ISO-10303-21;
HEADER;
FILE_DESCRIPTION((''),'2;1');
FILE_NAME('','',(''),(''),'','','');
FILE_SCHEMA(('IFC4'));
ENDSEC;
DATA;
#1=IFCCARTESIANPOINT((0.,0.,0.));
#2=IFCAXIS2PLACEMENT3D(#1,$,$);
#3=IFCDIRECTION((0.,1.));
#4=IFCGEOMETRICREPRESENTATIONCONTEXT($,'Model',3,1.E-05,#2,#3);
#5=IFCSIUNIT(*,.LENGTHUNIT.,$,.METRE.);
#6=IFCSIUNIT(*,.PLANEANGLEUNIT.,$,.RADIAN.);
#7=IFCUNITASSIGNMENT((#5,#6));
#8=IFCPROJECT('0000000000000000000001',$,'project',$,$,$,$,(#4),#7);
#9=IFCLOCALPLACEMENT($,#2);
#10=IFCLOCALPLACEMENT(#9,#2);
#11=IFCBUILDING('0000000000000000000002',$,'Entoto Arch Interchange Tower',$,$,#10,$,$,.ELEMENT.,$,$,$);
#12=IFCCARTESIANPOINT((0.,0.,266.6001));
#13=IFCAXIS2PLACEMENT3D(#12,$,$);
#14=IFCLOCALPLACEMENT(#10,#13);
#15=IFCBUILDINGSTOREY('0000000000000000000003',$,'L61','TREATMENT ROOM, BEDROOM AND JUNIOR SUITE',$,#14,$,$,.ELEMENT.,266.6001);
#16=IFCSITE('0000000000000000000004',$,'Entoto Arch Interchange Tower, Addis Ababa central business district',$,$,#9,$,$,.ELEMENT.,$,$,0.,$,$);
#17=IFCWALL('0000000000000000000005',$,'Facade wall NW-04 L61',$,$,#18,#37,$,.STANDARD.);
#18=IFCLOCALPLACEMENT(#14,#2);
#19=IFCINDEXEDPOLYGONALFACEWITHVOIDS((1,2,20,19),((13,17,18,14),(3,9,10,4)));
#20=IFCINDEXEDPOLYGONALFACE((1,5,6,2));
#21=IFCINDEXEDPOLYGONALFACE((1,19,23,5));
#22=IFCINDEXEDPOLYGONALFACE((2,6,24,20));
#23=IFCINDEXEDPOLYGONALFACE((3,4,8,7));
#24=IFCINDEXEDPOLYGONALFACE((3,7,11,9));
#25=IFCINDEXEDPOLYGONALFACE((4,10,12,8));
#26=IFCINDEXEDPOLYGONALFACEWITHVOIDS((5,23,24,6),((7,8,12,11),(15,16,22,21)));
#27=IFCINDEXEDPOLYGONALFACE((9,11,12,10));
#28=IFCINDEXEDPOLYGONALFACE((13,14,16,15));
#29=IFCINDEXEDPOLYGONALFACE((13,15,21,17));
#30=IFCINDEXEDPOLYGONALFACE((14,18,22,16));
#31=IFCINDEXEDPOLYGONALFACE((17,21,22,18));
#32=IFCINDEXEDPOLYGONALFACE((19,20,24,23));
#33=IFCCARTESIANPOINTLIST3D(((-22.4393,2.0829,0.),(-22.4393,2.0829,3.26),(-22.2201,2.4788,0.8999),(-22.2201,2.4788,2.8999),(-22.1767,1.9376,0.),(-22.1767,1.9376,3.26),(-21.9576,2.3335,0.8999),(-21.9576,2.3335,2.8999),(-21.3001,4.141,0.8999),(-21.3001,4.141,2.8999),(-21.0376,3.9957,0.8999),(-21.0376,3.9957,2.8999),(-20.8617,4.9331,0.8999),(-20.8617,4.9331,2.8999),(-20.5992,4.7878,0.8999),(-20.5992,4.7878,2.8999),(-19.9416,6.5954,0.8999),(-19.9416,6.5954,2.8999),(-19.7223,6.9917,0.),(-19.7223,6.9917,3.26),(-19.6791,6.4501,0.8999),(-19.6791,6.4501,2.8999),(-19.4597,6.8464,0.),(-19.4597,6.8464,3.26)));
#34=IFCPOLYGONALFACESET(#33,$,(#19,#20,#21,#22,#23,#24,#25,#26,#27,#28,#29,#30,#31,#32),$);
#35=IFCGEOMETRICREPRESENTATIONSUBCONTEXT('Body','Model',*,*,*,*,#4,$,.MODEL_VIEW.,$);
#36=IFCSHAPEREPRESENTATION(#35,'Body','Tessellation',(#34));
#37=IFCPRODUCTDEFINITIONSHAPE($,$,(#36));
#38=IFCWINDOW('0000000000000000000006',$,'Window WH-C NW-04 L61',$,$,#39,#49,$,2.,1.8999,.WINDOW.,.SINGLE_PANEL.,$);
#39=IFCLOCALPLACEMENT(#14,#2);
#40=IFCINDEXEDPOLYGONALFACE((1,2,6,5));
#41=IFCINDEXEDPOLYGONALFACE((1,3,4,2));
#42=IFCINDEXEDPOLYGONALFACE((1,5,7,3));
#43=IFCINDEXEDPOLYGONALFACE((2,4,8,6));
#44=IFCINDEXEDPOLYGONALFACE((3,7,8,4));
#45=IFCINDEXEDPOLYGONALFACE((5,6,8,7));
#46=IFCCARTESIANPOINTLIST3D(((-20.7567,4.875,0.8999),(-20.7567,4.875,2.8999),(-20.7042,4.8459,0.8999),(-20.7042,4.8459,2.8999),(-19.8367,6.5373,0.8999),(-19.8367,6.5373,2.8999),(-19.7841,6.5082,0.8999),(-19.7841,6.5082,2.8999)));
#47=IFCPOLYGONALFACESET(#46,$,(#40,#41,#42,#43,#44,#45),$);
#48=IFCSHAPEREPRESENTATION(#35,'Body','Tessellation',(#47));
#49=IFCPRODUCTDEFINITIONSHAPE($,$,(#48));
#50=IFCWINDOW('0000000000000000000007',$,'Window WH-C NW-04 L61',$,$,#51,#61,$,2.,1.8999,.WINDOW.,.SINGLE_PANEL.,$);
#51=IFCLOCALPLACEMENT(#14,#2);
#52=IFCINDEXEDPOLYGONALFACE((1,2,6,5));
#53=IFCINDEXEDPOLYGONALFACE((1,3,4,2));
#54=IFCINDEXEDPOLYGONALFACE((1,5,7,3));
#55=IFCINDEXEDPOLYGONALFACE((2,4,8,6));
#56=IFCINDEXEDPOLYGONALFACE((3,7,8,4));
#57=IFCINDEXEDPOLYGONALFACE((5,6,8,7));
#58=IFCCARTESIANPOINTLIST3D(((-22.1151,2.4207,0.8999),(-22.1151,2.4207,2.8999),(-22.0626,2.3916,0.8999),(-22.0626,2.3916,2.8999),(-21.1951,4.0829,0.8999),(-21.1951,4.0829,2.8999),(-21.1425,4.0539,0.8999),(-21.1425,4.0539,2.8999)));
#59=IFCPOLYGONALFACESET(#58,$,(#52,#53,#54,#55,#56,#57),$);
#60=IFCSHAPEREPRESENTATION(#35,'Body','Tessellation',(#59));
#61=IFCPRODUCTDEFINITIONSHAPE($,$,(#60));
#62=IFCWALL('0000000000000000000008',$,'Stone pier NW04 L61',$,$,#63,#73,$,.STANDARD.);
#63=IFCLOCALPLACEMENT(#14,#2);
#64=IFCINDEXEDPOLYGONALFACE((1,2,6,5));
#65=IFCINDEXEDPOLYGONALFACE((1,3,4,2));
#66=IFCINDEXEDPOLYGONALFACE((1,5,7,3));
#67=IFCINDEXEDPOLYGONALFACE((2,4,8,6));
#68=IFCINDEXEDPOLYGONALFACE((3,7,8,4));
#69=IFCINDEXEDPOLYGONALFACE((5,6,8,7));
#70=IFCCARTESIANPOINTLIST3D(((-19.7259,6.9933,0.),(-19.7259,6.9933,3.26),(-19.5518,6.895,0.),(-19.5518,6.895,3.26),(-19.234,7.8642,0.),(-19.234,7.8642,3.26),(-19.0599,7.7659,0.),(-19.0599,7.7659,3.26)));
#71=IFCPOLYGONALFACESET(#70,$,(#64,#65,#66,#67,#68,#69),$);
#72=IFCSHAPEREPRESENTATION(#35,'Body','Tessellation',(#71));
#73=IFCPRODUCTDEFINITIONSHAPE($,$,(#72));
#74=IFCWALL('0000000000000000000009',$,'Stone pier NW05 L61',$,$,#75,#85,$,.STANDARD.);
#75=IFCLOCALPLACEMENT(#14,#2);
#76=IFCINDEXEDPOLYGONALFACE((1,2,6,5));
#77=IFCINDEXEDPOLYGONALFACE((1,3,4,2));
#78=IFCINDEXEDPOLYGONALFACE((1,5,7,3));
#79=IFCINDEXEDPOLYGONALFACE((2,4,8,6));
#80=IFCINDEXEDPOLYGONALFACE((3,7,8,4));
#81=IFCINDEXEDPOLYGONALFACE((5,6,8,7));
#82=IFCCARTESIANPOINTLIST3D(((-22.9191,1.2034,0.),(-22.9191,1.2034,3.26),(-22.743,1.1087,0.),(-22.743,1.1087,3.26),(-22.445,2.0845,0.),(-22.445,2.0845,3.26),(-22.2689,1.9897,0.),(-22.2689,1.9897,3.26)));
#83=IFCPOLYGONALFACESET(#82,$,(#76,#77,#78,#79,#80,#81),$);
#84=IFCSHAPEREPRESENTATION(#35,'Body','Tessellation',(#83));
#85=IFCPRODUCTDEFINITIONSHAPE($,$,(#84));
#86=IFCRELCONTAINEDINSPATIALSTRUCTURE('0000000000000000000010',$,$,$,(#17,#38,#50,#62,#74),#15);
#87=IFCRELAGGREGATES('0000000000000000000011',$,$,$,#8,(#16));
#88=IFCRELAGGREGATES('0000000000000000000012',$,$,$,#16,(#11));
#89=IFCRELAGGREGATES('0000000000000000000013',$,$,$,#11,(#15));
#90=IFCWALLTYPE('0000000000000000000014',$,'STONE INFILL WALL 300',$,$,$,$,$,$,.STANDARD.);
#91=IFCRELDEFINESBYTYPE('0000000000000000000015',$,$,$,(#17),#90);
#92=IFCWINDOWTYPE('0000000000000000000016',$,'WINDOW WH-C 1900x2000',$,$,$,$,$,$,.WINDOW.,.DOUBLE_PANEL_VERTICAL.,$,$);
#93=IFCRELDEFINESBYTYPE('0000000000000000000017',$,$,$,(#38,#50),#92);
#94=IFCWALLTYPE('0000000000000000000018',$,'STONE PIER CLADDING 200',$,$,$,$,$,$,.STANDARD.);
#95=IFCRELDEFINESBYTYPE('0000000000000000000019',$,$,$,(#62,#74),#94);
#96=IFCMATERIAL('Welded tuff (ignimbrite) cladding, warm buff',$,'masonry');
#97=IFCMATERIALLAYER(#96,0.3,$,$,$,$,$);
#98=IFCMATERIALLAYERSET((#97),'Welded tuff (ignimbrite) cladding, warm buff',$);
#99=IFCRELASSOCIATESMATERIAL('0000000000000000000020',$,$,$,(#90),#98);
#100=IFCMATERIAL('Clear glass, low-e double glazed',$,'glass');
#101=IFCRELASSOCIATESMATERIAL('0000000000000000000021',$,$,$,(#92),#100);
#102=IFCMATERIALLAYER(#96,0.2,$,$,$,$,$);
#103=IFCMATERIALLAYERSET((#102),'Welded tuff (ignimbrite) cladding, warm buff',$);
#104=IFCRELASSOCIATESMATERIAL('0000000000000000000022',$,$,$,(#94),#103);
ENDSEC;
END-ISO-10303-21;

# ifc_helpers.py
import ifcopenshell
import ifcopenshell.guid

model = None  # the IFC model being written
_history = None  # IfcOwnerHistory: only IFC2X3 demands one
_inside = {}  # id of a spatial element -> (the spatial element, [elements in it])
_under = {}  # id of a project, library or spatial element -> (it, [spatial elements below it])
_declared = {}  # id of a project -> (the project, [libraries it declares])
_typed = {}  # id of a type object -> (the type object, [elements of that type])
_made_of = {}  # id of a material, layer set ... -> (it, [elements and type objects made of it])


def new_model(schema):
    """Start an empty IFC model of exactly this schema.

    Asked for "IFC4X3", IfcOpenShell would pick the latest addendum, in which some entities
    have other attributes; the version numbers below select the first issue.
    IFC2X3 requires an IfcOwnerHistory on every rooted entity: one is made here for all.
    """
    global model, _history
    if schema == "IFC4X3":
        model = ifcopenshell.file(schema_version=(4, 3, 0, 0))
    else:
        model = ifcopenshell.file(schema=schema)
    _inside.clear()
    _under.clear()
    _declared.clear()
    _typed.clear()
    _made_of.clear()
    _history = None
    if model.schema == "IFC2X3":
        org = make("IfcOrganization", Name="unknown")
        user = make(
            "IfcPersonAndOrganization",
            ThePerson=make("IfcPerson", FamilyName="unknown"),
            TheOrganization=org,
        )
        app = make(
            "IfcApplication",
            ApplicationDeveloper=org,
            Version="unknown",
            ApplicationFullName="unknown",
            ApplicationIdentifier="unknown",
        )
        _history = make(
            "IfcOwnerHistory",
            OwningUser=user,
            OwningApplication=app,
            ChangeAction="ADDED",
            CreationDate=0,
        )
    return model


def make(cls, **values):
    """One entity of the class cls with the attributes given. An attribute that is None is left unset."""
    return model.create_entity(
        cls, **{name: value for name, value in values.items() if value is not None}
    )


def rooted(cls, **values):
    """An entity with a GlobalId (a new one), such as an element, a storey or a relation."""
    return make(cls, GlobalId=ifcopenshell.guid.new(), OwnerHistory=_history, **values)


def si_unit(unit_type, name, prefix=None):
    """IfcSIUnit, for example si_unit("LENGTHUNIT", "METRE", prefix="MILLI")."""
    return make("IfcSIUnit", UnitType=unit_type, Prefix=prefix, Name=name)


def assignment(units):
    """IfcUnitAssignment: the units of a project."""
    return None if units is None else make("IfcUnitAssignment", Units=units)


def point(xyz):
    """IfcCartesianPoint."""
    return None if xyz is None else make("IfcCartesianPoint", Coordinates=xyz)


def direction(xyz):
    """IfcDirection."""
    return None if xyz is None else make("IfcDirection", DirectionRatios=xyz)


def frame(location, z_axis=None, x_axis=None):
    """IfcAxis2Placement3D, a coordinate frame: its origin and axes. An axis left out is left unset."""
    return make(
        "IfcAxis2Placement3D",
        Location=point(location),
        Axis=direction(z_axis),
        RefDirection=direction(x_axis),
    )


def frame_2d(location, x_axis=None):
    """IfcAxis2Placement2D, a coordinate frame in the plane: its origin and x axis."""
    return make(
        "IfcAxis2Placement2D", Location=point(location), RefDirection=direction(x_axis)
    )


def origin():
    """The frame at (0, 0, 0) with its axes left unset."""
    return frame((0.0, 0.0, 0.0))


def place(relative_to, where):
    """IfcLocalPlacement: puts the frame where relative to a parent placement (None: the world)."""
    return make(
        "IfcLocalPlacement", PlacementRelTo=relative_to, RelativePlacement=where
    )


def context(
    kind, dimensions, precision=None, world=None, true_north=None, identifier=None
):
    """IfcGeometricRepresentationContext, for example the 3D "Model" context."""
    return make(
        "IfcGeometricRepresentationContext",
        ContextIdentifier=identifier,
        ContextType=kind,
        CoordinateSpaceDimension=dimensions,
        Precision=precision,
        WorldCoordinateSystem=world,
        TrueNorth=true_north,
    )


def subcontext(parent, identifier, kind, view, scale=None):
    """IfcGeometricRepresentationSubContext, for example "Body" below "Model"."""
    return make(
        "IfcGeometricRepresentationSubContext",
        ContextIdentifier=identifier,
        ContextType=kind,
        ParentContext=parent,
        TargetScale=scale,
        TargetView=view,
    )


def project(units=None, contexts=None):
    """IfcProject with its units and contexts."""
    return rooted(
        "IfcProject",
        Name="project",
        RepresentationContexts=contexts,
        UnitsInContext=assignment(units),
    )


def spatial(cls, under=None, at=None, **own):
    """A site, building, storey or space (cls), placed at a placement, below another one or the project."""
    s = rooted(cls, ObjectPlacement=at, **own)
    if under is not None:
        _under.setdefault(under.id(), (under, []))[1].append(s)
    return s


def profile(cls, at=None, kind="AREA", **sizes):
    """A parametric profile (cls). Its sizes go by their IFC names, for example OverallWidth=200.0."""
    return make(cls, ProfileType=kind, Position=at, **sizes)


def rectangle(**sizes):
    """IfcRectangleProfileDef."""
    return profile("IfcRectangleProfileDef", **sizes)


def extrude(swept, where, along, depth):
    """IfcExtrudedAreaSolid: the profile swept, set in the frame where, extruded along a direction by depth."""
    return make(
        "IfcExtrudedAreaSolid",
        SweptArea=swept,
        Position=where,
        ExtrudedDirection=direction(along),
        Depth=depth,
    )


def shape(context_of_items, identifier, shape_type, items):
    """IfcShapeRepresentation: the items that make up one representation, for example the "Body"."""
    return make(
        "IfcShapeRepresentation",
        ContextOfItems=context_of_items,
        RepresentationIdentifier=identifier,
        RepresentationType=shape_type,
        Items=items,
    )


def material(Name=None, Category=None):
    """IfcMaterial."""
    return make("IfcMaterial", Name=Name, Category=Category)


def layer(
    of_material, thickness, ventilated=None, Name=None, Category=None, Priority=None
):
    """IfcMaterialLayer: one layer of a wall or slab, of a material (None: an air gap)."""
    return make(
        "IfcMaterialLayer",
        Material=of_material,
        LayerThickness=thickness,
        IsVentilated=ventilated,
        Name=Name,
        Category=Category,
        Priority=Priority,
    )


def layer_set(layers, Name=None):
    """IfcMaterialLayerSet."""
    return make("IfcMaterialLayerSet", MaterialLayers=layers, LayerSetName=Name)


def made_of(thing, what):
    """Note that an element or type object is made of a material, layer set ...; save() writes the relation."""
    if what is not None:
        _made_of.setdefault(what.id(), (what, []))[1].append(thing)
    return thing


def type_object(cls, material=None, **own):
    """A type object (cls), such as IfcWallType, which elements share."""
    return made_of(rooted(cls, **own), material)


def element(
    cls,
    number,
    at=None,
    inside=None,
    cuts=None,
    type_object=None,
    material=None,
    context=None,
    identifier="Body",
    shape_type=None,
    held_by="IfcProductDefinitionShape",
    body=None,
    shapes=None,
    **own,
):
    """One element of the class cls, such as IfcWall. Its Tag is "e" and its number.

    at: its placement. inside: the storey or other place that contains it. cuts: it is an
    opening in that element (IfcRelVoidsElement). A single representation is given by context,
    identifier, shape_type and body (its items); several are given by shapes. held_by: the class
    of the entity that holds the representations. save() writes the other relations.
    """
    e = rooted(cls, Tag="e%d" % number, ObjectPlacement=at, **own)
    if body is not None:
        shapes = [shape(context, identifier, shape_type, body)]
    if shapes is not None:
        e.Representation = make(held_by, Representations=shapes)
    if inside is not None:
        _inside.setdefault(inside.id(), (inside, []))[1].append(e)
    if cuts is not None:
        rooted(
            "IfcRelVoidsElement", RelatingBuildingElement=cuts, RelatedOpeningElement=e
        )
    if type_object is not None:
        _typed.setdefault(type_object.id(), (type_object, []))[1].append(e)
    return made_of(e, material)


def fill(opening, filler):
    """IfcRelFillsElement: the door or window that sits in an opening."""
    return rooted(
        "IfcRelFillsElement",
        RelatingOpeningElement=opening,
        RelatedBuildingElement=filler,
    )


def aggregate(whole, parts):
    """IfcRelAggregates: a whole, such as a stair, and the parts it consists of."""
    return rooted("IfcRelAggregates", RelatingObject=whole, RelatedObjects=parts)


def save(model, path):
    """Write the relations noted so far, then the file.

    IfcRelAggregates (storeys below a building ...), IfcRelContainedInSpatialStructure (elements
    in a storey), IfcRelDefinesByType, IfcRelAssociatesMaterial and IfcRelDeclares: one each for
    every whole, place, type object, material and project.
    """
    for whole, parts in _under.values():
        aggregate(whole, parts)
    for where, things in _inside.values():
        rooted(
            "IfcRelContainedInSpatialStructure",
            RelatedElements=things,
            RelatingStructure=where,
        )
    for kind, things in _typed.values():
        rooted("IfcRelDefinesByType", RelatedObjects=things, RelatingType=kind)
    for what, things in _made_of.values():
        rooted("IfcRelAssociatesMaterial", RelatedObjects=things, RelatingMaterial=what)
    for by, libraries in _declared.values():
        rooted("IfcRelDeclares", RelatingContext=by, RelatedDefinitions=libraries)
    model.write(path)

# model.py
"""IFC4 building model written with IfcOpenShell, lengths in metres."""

from ifc_helpers import new_model, si_unit, direction, frame, frame_2d, origin, place, context, subcontext, project, spatial, rectangle, extrude, material, layer, layer_set, type_object, element, fill, save


model = new_model("IFC4")

# Units and contexts
model_context = context("Model", 3, precision=1e-05, world=origin(), true_north=direction((0.0, 1.0)))
body_context = subcontext(model_context, "Body", "Model", "MODEL_VIEW")
ifc_project = project(units=[si_unit("LENGTHUNIT", "METRE"), si_unit("PLANEANGLEUNIT", "RADIAN")], contexts=[model_context])

# Site, building, storey
site_placement = place(None, origin())
site = spatial("IfcSite", under=ifc_project, at=site_placement, Name="Entoto Arch Interchange Tower, Addis Ababa central business district", CompositionType="ELEMENT", RefElevation=0.0)
building_placement = place(site_placement, origin())
building = spatial("IfcBuilding", under=site, at=building_placement, Name="Entoto Arch Interchange Tower", CompositionType="ELEMENT")
storey_placement = place(building_placement, frame((0.0, 0.0, 266.6001)))
storey = spatial("IfcBuildingStorey", under=building, at=storey_placement, Name="L61", Description="TREATMENT ROOM, BEDROOM AND JUNIOR SUITE", CompositionType="ELEMENT", Elevation=266.6001)

# Wall, openings, windows
ifc_material_1 = material(Name="Welded tuff (ignimbrite) cladding, warm buff", Category="masonry")
ifc_layer_1 = layer(ifc_material_1, 0.3)
ifc_layer_set_1 = layer_set([ifc_layer_1], Name="Welded tuff (ignimbrite) cladding, warm buff")
wall_type_1 = type_object("IfcWallType", Name="STONE INFILL WALL 300", PredefinedType="STANDARD", material=ifc_layer_set_1)
wall_1_placement = place(storey_placement, frame((-19.5911, 6.9189, 0.0), z_axis=(0.0, 0.0, 1.0), x_axis=(-0.484261, -0.874924, 0.0)))
wall_1 = element("IfcWall", 1, at=wall_1_placement, inside=storey, type_object=wall_type_1, Name="Facade wall NW-04 L61", PredefinedType="STANDARD", context=body_context, shape_type="SweptSolid", body=[
    extrude(rectangle(XDim=5.6106, YDim=0.3, at=frame_2d((2.8052, 0.0))), origin(), (0.0, 0.0, 1.0), 3.26),
])
opening_1_placement = place(wall_1_placement, frame((0.4529, 0.0, 0.8999)))
opening_1 = element("IfcOpeningElement", 2, at=opening_1_placement, cuts=wall_1, PredefinedType="OPENING", context=body_context, shape_type="SweptSolid", body=[
    extrude(rectangle(XDim=1.8999, YDim=2.0, at=frame_2d((0.95, 1.0))), frame((0.0, 0.1602, 0.0), z_axis=(0.0, -1.0, 0.0), x_axis=(1.0, 0.0, 0.0)), (0.0, 0.0, 1.0), 0.3201),
])
opening_2_placement = place(wall_1_placement, frame((3.2581, 0.0, 0.8999)))
opening_2 = element("IfcOpeningElement", 3, at=opening_2_placement, cuts=wall_1, PredefinedType="OPENING", context=body_context, shape_type="SweptSolid", body=[
    extrude(rectangle(XDim=1.8999, YDim=2.0, at=frame_2d((0.95, 1.0))), frame((0.0, 0.1602, 0.0), z_axis=(0.0, -1.0, 0.0), x_axis=(1.0, 0.0, 0.0)), (0.0, 0.0, 1.0), 0.3201),
])
ifc_material_2 = material(Name="Clear glass, low-e double glazed", Category="glass")
window_type = type_object("IfcWindowType", Name="WINDOW WH-C 1900x2000", PartitioningType="DOUBLE_PANEL_VERTICAL", PredefinedType="WINDOW", material=ifc_material_2)
window_1_placement = place(opening_1_placement, origin())
window_1 = element("IfcWindow", 4, at=window_1_placement, inside=storey, type_object=window_type, Name="Window WH-C NW-04 L61", OverallHeight=2.0, OverallWidth=1.8999, PartitioningType="SINGLE_PANEL", PredefinedType="WINDOW", context=body_context, shape_type="SweptSolid", body=[
    extrude(rectangle(XDim=1.8999, YDim=2.0, at=frame_2d((0.95, 1.0))), frame((0.0, 0.03, 0.0), z_axis=(0.0, -1.0, 0.0), x_axis=(1.0, 0.0, 0.0)), (0.0, 0.0, 1.0), 0.0601),
])
fill(opening_1, window_1)
window_2_placement = place(opening_2_placement, origin())
window_2 = element("IfcWindow", 5, at=window_2_placement, inside=storey, type_object=window_type, Name="Window WH-C NW-04 L61", OverallHeight=2.0, OverallWidth=1.8999, PartitioningType="SINGLE_PANEL", PredefinedType="WINDOW", context=body_context, shape_type="SweptSolid", body=[
    extrude(rectangle(XDim=1.8999, YDim=2.0, at=frame_2d((0.95, 1.0))), frame((0.0, 0.03, 0.0), z_axis=(0.0, -1.0, 0.0), x_axis=(1.0, 0.0, 0.0)), (0.0, 0.0, 1.0), 0.0601),
])
fill(opening_2, window_2)

# Walls
ifc_layer_2 = layer(ifc_material_1, 0.2)
ifc_layer_set_2 = layer_set([ifc_layer_2], Name="Welded tuff (ignimbrite) cladding, warm buff")
wall_type_2 = type_object("IfcWallType", Name="STONE PIER CLADDING 200", PredefinedType="STANDARD", material=ifc_layer_set_2)
wall_2_placement = place(storey_placement, frame((-19.147, 7.8149, 0.0), z_axis=(0.0, 0.0, 1.0), x_axis=(-0.491848, -0.870681, 0.0)))
element("IfcWall", 6, at=wall_2_placement, inside=storey, type_object=wall_type_2, Name="Stone pier NW04 L61", PredefinedType="STANDARD", context=body_context, shape_type="SweptSolid", body=[
    extrude(rectangle(XDim=1.0002, YDim=0.2, at=frame_2d((0.5, 0.0))), origin(), (0.0, 0.0, 1.0), 3.26),
])
wall_3_placement = place(storey_placement, frame((-22.3569, 2.0371, 0.0), z_axis=(0.0, 0.0, 1.0), x_axis=(-0.473852, -0.880604, 0.0)))
element("IfcWall", 7, at=wall_3_placement, inside=storey, type_object=wall_type_2, Name="Stone pier NW05 L61", PredefinedType="STANDARD", context=body_context, shape_type="SweptSolid", body=[
    extrude(rectangle(XDim=1.0005, YDim=0.2, at=frame_2d((0.5002, 0.0))), origin(), (0.0, 0.0, 1.0), 3.26),
])

save(model, "model.ifc")
